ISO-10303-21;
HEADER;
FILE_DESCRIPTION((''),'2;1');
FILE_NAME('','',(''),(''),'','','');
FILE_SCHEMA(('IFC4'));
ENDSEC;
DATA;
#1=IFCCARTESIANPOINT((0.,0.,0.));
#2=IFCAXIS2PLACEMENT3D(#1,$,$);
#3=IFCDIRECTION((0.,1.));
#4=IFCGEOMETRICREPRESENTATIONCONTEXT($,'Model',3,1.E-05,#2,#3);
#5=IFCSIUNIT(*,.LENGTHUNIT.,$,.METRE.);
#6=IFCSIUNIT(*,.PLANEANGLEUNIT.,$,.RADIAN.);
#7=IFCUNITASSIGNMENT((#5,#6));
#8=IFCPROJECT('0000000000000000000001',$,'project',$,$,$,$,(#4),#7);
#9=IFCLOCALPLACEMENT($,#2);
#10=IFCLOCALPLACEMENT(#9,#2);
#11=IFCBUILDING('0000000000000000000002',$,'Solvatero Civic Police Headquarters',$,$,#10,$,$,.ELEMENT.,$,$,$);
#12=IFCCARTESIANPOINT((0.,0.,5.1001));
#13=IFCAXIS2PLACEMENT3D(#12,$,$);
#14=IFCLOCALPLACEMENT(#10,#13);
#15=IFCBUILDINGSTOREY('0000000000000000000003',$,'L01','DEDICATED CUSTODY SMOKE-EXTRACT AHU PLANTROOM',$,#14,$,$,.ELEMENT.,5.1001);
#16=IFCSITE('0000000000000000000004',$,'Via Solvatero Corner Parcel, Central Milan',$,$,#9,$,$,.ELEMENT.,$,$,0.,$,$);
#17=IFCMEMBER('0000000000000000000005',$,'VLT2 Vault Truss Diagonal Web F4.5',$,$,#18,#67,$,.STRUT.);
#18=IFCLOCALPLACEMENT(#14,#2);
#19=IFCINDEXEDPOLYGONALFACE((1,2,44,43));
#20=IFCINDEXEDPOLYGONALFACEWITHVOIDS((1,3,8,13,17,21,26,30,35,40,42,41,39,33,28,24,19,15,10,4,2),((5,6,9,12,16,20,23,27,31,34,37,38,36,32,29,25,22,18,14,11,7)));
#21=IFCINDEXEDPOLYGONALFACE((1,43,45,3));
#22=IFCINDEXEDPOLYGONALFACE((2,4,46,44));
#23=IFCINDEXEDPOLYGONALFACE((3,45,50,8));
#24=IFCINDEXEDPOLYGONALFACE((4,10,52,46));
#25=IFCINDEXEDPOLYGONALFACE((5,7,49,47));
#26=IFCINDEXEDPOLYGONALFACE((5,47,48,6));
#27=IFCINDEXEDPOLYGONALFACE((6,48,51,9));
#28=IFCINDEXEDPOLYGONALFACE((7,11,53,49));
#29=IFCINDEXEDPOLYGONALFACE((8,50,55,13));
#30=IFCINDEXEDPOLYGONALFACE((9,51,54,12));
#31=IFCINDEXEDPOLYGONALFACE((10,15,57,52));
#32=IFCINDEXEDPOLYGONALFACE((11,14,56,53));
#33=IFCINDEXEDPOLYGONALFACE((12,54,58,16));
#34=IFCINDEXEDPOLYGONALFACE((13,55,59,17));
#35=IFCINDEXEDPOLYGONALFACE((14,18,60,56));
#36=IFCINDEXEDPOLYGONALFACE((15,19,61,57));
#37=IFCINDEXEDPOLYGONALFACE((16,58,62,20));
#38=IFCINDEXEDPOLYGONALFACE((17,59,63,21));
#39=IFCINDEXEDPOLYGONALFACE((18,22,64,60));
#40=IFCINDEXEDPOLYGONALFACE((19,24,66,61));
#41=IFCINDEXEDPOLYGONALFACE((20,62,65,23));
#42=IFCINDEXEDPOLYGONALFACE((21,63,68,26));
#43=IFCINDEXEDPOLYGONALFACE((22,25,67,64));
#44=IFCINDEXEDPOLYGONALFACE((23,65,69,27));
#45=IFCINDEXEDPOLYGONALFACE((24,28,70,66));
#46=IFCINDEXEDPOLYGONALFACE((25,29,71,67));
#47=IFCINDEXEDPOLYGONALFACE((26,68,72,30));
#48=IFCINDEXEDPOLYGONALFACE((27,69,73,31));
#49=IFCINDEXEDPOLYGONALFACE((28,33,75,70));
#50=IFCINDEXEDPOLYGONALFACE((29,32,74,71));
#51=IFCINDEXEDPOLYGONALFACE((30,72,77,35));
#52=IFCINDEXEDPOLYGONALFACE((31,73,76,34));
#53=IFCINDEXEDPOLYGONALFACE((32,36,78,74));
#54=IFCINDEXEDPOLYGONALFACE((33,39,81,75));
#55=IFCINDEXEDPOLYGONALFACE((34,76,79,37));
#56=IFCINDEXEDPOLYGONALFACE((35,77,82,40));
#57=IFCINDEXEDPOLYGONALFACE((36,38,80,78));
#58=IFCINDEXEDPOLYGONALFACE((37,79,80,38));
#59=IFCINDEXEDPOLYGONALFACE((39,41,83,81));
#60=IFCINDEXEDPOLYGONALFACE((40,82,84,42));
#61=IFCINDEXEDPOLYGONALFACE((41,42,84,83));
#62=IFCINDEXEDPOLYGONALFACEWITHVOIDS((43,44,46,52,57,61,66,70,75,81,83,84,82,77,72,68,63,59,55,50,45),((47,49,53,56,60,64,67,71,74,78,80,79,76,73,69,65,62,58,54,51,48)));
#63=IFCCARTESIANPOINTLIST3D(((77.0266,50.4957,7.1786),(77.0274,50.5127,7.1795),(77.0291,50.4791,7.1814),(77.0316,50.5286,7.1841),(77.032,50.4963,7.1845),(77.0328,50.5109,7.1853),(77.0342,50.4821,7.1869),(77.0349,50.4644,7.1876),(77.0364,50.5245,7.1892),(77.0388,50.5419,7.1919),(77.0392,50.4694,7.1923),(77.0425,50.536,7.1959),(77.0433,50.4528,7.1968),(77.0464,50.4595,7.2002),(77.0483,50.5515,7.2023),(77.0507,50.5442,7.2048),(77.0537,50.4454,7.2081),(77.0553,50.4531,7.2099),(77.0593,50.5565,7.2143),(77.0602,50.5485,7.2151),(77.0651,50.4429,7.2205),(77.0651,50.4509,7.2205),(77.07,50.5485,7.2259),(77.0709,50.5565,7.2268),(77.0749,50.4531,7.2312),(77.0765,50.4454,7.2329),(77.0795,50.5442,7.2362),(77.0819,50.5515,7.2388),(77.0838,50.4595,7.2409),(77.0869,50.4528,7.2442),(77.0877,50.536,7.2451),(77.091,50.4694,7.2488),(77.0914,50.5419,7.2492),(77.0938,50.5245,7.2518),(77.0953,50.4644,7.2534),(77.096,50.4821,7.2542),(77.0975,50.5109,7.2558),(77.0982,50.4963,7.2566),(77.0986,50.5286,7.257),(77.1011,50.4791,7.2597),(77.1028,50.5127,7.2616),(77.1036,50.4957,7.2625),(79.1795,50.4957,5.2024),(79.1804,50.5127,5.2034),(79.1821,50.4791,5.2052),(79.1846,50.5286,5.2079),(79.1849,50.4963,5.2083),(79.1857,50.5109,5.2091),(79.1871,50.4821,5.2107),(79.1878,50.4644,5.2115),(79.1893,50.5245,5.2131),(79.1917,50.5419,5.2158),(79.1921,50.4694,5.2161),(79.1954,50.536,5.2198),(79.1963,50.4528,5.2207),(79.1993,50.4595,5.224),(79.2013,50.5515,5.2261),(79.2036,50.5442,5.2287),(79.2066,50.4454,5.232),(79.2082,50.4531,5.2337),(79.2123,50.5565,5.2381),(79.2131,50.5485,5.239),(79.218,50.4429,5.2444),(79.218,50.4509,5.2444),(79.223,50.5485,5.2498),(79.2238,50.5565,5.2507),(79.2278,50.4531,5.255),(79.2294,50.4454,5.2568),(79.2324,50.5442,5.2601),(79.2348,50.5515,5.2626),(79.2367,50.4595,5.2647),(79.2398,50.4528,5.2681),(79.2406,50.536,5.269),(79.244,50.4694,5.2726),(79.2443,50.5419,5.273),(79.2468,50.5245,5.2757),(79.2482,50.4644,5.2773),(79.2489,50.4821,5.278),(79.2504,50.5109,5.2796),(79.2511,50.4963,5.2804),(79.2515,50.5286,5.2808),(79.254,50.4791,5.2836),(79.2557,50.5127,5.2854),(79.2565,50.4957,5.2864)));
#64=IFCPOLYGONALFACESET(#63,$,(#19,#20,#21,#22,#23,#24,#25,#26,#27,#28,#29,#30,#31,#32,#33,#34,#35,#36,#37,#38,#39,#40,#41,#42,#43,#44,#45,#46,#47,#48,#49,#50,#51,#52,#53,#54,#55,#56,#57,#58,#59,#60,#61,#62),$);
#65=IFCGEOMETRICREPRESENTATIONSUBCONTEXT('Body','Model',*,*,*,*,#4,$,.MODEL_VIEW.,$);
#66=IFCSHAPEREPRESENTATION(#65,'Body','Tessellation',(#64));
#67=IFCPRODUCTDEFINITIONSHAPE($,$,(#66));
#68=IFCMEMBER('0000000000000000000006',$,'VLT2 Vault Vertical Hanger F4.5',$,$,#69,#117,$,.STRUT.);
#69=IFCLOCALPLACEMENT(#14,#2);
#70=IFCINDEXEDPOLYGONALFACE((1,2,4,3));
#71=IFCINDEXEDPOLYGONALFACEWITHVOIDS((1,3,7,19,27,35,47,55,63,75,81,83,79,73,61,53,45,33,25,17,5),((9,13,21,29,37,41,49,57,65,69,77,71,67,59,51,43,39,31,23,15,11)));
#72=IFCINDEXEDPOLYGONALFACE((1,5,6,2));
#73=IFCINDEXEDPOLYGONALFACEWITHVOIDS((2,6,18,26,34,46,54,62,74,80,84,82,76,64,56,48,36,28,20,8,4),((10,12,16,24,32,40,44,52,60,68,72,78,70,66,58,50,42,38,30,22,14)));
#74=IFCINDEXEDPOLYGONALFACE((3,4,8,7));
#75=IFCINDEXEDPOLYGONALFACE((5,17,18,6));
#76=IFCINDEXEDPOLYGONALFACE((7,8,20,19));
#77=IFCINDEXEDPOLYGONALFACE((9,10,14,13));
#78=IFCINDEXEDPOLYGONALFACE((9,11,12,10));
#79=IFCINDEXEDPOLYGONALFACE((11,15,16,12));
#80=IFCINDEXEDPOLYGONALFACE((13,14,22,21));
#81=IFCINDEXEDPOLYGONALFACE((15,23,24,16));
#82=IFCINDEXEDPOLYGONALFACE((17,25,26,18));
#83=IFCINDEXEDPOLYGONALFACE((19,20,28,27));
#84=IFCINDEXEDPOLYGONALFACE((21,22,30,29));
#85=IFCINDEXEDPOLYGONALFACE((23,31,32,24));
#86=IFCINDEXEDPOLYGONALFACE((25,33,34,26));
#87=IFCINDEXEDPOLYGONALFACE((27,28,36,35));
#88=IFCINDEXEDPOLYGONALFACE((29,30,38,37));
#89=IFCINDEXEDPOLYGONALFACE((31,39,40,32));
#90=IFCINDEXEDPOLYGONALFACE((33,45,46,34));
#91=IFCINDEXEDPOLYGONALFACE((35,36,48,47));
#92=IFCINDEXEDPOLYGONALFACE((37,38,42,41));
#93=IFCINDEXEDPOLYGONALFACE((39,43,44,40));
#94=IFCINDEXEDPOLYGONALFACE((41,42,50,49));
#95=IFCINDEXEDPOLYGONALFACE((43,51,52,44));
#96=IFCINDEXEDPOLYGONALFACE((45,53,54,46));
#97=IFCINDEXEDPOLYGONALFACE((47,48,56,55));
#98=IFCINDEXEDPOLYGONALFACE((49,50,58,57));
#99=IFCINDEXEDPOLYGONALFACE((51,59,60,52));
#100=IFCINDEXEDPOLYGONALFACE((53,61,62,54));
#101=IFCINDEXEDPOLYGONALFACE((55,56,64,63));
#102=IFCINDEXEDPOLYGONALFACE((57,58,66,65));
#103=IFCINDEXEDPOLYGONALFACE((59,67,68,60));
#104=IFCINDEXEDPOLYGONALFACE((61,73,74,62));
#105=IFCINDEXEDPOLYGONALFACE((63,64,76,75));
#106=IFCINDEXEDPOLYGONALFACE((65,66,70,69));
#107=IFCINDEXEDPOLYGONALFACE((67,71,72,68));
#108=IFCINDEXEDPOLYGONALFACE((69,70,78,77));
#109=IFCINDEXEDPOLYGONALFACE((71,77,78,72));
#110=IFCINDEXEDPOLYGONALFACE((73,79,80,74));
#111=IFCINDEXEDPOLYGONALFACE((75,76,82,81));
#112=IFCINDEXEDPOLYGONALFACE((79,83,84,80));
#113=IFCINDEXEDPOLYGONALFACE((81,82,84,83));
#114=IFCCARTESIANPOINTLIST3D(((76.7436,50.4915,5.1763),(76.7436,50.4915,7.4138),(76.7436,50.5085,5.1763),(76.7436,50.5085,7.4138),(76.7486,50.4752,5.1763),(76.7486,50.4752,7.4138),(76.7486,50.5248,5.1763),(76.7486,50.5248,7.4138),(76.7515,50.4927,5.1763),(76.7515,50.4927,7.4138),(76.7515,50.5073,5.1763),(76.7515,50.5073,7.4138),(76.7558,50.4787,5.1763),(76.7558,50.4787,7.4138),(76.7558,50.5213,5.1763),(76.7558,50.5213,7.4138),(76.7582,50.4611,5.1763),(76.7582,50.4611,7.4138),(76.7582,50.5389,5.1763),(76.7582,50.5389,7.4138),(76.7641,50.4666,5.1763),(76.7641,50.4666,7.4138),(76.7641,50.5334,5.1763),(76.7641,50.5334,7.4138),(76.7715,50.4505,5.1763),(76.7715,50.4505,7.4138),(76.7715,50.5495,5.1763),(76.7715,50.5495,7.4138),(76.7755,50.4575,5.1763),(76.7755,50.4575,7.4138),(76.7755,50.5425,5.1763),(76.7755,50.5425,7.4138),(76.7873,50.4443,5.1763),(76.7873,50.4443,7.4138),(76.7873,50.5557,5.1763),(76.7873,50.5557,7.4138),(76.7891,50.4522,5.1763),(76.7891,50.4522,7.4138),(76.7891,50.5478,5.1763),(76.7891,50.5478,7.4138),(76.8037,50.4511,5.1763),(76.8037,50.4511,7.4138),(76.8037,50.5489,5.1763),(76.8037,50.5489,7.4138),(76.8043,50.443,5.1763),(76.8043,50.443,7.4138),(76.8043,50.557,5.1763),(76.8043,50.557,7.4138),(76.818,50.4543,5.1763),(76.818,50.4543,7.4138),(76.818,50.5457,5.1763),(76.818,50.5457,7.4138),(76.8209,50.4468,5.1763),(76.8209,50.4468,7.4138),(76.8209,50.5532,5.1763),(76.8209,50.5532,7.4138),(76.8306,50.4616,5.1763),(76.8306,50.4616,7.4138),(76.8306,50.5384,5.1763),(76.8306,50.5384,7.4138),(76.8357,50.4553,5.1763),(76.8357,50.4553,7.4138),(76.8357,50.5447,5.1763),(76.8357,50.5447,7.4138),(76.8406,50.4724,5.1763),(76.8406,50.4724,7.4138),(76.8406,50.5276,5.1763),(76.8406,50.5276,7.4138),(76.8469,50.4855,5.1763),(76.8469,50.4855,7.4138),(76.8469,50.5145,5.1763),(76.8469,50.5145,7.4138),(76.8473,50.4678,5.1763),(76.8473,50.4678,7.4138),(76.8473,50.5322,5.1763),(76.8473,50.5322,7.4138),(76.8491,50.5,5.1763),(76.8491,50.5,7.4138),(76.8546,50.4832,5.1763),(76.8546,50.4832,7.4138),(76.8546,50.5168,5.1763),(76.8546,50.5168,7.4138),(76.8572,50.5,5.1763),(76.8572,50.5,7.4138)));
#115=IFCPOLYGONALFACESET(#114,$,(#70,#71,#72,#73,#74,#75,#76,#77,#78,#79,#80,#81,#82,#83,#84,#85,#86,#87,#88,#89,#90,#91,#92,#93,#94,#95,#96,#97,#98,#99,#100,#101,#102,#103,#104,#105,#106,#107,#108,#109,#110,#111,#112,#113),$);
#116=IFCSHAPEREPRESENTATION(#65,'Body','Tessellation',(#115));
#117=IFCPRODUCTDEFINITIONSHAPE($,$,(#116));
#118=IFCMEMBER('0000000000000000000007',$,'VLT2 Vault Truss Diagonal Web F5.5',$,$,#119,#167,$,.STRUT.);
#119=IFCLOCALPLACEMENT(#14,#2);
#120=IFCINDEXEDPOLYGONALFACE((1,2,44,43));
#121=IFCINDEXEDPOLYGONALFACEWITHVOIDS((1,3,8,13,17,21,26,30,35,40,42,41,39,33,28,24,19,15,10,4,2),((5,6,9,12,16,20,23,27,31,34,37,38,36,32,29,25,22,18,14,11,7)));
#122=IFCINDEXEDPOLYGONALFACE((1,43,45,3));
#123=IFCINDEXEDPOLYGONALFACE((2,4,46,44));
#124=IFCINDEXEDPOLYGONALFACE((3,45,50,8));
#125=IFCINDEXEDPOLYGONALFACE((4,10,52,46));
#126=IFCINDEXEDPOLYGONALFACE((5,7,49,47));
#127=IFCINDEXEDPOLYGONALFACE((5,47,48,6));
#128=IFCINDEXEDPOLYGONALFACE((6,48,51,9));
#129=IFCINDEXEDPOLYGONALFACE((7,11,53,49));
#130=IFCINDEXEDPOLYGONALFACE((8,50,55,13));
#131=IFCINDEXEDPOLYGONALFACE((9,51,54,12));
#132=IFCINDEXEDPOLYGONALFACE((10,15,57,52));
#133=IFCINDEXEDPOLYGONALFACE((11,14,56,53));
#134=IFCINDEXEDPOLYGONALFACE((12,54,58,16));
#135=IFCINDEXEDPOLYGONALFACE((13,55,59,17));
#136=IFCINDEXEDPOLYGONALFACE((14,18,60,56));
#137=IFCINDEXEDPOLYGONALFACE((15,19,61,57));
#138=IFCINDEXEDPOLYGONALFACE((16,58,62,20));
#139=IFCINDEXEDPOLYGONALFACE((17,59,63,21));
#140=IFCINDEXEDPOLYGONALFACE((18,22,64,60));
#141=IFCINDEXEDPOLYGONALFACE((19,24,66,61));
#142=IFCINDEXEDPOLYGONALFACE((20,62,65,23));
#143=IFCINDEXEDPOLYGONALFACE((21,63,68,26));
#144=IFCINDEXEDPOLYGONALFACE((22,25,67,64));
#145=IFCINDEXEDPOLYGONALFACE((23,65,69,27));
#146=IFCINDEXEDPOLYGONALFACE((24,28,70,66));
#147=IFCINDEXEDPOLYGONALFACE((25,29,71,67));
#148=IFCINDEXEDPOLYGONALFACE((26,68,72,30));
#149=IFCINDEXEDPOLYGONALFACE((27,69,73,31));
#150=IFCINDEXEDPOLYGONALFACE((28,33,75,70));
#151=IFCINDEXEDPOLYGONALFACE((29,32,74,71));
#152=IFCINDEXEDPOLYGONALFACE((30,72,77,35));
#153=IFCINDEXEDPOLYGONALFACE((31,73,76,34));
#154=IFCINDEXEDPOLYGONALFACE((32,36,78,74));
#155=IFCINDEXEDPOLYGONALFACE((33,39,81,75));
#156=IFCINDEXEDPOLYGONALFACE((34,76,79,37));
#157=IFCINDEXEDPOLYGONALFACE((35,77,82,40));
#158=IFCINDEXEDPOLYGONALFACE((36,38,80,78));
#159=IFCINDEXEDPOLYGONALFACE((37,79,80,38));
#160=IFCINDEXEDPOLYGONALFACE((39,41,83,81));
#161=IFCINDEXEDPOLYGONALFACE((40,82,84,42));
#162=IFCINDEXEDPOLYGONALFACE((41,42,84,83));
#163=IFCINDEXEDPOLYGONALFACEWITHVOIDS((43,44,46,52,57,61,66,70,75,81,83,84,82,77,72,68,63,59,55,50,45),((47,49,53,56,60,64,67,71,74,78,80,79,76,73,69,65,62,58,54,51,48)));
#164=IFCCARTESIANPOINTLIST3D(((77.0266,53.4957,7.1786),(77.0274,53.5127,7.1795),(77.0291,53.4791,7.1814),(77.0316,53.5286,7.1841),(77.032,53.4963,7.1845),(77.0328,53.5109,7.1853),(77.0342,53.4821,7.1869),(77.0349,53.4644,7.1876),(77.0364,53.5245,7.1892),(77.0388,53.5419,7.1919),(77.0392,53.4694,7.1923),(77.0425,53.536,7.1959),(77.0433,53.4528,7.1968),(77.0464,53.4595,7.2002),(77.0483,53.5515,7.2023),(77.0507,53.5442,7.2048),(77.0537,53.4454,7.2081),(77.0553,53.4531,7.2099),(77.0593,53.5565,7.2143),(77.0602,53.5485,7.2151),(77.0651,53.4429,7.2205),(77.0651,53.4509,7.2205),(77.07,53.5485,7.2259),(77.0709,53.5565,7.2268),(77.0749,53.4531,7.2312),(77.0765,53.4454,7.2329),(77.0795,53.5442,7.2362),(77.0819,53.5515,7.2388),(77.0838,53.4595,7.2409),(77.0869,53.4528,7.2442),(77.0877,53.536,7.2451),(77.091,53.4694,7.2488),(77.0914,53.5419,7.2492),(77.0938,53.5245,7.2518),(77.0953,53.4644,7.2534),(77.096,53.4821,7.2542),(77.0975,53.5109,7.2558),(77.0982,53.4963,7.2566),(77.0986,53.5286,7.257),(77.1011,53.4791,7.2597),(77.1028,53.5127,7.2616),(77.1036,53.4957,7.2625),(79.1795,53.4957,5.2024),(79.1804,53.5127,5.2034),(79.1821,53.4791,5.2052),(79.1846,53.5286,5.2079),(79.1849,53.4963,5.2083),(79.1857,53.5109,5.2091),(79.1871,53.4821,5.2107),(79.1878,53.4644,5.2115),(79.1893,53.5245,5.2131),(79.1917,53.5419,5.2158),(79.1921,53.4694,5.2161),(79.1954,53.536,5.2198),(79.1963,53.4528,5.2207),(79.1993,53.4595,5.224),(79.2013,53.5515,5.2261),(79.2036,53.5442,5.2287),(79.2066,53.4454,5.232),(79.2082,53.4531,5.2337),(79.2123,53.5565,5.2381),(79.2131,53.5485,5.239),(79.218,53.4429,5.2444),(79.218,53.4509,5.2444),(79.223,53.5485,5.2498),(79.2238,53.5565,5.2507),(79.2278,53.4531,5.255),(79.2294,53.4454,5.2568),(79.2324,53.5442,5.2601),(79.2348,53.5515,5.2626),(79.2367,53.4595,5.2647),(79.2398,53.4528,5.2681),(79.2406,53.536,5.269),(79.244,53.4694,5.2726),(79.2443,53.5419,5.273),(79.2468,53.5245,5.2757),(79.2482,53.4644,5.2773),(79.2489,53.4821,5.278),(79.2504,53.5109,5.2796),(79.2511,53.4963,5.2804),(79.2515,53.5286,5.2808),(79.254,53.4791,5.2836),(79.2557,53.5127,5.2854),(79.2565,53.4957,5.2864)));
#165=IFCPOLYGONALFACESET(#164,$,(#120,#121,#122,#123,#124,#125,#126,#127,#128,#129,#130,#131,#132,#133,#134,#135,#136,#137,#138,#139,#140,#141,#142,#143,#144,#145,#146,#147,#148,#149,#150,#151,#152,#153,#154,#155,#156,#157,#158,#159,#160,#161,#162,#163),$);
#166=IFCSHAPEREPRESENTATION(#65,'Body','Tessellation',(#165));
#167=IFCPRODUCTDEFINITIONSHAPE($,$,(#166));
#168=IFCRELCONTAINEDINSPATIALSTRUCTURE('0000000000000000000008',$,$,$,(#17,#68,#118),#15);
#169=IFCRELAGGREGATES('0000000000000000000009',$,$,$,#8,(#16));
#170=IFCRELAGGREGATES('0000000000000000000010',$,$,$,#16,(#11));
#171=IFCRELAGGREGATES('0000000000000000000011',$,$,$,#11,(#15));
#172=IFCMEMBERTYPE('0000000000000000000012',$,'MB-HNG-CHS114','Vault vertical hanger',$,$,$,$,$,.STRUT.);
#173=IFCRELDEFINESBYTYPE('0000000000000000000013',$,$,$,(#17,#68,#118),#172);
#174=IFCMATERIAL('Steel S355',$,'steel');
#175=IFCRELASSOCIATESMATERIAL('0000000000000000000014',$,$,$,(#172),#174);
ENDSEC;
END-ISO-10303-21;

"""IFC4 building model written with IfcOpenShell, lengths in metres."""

from ifc_helpers import new_model, si_unit, direction, frame, origin, origin_2d, place, context, subcontext, project, spatial, hollow_circle, extrude, material, material_profile, profile_set, type_object, element, save


model = new_model("IFC4")

# Units and contexts
model_context = context("Model", 3, precision=1e-05, world=origin(), true_north=direction((0.0, 1.0)))
body_context = subcontext(model_context, "Body", "Model", "MODEL_VIEW")
ifc_project = project(units=[si_unit("LENGTHUNIT", "METRE"), si_unit("PLANEANGLEUNIT", "RADIAN")], contexts=[model_context])

# Site, building, storey
site_placement = place(None, origin())
site = spatial("IfcSite", under=ifc_project, at=site_placement, Name="Via Solvatero Corner Parcel, Central Milan", CompositionType="ELEMENT", RefElevation=0.0)
building_placement = place(site_placement, origin())
building = spatial("IfcBuilding", under=site, at=building_placement, Name="Solvatero Civic Police Headquarters", CompositionType="ELEMENT")
storey_placement = place(building_placement, frame((0.0, 0.0, 5.1001)))
storey = spatial("IfcBuildingStorey", under=building, at=storey_placement, Name="L01", Description="DEDICATED CUSTODY SMOKE-EXTRACT AHU PLANTROOM", CompositionType="ELEMENT", Elevation=5.1001)

# Shared definitions
ifc_material = material(Name="Steel S355", Category="steel")

# Members
ifc_material_profile_1 = material_profile(ifc_material, hollow_circle(Radius=0.0571, WallThickness=0.0081, at=origin_2d()), Name="CHS 114.3x8.0")
ifc_profile_set_1 = profile_set([ifc_material_profile_1], Name="Steel S355")
member_type_1 = type_object("IfcMemberType", Name="MB-HNG-CHS114", Description="Vault vertical hanger", PredefinedType="STRUT", material=ifc_profile_set_1)
member_1_placement = place(storey_placement, frame((79.218, 50.5, 5.2444), z_axis=(-0.736703, 0.0, 0.676216), x_axis=(0.0, -1.0, 0.0)))
element("IfcMember", 1, at=member_1_placement, inside=storey, type_object=member_type_1, Name="VLT2 Vault Truss Diagonal Web F4.5", PredefinedType="STRUT", context=body_context, shape_type="SweptSolid", body=[
    extrude(hollow_circle(Radius=0.0571, WallThickness=0.0081, at=origin_2d()), origin(), (0.0, 0.0, 1.0), 2.9224),
])
member_2_placement = place(storey_placement, frame((76.8, 50.5, 5.1763), z_axis=(0.0, 0.0, 1.0), x_axis=(1.0, 0.0, 0.0)))
element("IfcMember", 2, at=member_2_placement, inside=storey, type_object=member_type_1, Name="VLT2 Vault Vertical Hanger F4.5", PredefinedType="STRUT", context=body_context, shape_type="SweptSolid", body=[
    extrude(hollow_circle(Radius=0.0571, WallThickness=0.0081, at=origin_2d()), origin(), (0.0, 0.0, 1.0), 2.2375),
])
member_3_placement = place(storey_placement, frame((79.218, 53.5, 5.2444), z_axis=(-0.736703, 0.0, 0.676216), x_axis=(0.0, -1.0, 0.0)))
element("IfcMember", 3, at=member_3_placement, inside=storey, type_object=member_type_1, Name="VLT2 Vault Truss Diagonal Web F5.5", PredefinedType="STRUT", context=body_context, shape_type="SweptSolid", body=[
    extrude(hollow_circle(Radius=0.0571, WallThickness=0.0081, at=origin_2d()), origin(), (0.0, 0.0, 1.0), 2.9224),
])

save(model, "model.ifc")
